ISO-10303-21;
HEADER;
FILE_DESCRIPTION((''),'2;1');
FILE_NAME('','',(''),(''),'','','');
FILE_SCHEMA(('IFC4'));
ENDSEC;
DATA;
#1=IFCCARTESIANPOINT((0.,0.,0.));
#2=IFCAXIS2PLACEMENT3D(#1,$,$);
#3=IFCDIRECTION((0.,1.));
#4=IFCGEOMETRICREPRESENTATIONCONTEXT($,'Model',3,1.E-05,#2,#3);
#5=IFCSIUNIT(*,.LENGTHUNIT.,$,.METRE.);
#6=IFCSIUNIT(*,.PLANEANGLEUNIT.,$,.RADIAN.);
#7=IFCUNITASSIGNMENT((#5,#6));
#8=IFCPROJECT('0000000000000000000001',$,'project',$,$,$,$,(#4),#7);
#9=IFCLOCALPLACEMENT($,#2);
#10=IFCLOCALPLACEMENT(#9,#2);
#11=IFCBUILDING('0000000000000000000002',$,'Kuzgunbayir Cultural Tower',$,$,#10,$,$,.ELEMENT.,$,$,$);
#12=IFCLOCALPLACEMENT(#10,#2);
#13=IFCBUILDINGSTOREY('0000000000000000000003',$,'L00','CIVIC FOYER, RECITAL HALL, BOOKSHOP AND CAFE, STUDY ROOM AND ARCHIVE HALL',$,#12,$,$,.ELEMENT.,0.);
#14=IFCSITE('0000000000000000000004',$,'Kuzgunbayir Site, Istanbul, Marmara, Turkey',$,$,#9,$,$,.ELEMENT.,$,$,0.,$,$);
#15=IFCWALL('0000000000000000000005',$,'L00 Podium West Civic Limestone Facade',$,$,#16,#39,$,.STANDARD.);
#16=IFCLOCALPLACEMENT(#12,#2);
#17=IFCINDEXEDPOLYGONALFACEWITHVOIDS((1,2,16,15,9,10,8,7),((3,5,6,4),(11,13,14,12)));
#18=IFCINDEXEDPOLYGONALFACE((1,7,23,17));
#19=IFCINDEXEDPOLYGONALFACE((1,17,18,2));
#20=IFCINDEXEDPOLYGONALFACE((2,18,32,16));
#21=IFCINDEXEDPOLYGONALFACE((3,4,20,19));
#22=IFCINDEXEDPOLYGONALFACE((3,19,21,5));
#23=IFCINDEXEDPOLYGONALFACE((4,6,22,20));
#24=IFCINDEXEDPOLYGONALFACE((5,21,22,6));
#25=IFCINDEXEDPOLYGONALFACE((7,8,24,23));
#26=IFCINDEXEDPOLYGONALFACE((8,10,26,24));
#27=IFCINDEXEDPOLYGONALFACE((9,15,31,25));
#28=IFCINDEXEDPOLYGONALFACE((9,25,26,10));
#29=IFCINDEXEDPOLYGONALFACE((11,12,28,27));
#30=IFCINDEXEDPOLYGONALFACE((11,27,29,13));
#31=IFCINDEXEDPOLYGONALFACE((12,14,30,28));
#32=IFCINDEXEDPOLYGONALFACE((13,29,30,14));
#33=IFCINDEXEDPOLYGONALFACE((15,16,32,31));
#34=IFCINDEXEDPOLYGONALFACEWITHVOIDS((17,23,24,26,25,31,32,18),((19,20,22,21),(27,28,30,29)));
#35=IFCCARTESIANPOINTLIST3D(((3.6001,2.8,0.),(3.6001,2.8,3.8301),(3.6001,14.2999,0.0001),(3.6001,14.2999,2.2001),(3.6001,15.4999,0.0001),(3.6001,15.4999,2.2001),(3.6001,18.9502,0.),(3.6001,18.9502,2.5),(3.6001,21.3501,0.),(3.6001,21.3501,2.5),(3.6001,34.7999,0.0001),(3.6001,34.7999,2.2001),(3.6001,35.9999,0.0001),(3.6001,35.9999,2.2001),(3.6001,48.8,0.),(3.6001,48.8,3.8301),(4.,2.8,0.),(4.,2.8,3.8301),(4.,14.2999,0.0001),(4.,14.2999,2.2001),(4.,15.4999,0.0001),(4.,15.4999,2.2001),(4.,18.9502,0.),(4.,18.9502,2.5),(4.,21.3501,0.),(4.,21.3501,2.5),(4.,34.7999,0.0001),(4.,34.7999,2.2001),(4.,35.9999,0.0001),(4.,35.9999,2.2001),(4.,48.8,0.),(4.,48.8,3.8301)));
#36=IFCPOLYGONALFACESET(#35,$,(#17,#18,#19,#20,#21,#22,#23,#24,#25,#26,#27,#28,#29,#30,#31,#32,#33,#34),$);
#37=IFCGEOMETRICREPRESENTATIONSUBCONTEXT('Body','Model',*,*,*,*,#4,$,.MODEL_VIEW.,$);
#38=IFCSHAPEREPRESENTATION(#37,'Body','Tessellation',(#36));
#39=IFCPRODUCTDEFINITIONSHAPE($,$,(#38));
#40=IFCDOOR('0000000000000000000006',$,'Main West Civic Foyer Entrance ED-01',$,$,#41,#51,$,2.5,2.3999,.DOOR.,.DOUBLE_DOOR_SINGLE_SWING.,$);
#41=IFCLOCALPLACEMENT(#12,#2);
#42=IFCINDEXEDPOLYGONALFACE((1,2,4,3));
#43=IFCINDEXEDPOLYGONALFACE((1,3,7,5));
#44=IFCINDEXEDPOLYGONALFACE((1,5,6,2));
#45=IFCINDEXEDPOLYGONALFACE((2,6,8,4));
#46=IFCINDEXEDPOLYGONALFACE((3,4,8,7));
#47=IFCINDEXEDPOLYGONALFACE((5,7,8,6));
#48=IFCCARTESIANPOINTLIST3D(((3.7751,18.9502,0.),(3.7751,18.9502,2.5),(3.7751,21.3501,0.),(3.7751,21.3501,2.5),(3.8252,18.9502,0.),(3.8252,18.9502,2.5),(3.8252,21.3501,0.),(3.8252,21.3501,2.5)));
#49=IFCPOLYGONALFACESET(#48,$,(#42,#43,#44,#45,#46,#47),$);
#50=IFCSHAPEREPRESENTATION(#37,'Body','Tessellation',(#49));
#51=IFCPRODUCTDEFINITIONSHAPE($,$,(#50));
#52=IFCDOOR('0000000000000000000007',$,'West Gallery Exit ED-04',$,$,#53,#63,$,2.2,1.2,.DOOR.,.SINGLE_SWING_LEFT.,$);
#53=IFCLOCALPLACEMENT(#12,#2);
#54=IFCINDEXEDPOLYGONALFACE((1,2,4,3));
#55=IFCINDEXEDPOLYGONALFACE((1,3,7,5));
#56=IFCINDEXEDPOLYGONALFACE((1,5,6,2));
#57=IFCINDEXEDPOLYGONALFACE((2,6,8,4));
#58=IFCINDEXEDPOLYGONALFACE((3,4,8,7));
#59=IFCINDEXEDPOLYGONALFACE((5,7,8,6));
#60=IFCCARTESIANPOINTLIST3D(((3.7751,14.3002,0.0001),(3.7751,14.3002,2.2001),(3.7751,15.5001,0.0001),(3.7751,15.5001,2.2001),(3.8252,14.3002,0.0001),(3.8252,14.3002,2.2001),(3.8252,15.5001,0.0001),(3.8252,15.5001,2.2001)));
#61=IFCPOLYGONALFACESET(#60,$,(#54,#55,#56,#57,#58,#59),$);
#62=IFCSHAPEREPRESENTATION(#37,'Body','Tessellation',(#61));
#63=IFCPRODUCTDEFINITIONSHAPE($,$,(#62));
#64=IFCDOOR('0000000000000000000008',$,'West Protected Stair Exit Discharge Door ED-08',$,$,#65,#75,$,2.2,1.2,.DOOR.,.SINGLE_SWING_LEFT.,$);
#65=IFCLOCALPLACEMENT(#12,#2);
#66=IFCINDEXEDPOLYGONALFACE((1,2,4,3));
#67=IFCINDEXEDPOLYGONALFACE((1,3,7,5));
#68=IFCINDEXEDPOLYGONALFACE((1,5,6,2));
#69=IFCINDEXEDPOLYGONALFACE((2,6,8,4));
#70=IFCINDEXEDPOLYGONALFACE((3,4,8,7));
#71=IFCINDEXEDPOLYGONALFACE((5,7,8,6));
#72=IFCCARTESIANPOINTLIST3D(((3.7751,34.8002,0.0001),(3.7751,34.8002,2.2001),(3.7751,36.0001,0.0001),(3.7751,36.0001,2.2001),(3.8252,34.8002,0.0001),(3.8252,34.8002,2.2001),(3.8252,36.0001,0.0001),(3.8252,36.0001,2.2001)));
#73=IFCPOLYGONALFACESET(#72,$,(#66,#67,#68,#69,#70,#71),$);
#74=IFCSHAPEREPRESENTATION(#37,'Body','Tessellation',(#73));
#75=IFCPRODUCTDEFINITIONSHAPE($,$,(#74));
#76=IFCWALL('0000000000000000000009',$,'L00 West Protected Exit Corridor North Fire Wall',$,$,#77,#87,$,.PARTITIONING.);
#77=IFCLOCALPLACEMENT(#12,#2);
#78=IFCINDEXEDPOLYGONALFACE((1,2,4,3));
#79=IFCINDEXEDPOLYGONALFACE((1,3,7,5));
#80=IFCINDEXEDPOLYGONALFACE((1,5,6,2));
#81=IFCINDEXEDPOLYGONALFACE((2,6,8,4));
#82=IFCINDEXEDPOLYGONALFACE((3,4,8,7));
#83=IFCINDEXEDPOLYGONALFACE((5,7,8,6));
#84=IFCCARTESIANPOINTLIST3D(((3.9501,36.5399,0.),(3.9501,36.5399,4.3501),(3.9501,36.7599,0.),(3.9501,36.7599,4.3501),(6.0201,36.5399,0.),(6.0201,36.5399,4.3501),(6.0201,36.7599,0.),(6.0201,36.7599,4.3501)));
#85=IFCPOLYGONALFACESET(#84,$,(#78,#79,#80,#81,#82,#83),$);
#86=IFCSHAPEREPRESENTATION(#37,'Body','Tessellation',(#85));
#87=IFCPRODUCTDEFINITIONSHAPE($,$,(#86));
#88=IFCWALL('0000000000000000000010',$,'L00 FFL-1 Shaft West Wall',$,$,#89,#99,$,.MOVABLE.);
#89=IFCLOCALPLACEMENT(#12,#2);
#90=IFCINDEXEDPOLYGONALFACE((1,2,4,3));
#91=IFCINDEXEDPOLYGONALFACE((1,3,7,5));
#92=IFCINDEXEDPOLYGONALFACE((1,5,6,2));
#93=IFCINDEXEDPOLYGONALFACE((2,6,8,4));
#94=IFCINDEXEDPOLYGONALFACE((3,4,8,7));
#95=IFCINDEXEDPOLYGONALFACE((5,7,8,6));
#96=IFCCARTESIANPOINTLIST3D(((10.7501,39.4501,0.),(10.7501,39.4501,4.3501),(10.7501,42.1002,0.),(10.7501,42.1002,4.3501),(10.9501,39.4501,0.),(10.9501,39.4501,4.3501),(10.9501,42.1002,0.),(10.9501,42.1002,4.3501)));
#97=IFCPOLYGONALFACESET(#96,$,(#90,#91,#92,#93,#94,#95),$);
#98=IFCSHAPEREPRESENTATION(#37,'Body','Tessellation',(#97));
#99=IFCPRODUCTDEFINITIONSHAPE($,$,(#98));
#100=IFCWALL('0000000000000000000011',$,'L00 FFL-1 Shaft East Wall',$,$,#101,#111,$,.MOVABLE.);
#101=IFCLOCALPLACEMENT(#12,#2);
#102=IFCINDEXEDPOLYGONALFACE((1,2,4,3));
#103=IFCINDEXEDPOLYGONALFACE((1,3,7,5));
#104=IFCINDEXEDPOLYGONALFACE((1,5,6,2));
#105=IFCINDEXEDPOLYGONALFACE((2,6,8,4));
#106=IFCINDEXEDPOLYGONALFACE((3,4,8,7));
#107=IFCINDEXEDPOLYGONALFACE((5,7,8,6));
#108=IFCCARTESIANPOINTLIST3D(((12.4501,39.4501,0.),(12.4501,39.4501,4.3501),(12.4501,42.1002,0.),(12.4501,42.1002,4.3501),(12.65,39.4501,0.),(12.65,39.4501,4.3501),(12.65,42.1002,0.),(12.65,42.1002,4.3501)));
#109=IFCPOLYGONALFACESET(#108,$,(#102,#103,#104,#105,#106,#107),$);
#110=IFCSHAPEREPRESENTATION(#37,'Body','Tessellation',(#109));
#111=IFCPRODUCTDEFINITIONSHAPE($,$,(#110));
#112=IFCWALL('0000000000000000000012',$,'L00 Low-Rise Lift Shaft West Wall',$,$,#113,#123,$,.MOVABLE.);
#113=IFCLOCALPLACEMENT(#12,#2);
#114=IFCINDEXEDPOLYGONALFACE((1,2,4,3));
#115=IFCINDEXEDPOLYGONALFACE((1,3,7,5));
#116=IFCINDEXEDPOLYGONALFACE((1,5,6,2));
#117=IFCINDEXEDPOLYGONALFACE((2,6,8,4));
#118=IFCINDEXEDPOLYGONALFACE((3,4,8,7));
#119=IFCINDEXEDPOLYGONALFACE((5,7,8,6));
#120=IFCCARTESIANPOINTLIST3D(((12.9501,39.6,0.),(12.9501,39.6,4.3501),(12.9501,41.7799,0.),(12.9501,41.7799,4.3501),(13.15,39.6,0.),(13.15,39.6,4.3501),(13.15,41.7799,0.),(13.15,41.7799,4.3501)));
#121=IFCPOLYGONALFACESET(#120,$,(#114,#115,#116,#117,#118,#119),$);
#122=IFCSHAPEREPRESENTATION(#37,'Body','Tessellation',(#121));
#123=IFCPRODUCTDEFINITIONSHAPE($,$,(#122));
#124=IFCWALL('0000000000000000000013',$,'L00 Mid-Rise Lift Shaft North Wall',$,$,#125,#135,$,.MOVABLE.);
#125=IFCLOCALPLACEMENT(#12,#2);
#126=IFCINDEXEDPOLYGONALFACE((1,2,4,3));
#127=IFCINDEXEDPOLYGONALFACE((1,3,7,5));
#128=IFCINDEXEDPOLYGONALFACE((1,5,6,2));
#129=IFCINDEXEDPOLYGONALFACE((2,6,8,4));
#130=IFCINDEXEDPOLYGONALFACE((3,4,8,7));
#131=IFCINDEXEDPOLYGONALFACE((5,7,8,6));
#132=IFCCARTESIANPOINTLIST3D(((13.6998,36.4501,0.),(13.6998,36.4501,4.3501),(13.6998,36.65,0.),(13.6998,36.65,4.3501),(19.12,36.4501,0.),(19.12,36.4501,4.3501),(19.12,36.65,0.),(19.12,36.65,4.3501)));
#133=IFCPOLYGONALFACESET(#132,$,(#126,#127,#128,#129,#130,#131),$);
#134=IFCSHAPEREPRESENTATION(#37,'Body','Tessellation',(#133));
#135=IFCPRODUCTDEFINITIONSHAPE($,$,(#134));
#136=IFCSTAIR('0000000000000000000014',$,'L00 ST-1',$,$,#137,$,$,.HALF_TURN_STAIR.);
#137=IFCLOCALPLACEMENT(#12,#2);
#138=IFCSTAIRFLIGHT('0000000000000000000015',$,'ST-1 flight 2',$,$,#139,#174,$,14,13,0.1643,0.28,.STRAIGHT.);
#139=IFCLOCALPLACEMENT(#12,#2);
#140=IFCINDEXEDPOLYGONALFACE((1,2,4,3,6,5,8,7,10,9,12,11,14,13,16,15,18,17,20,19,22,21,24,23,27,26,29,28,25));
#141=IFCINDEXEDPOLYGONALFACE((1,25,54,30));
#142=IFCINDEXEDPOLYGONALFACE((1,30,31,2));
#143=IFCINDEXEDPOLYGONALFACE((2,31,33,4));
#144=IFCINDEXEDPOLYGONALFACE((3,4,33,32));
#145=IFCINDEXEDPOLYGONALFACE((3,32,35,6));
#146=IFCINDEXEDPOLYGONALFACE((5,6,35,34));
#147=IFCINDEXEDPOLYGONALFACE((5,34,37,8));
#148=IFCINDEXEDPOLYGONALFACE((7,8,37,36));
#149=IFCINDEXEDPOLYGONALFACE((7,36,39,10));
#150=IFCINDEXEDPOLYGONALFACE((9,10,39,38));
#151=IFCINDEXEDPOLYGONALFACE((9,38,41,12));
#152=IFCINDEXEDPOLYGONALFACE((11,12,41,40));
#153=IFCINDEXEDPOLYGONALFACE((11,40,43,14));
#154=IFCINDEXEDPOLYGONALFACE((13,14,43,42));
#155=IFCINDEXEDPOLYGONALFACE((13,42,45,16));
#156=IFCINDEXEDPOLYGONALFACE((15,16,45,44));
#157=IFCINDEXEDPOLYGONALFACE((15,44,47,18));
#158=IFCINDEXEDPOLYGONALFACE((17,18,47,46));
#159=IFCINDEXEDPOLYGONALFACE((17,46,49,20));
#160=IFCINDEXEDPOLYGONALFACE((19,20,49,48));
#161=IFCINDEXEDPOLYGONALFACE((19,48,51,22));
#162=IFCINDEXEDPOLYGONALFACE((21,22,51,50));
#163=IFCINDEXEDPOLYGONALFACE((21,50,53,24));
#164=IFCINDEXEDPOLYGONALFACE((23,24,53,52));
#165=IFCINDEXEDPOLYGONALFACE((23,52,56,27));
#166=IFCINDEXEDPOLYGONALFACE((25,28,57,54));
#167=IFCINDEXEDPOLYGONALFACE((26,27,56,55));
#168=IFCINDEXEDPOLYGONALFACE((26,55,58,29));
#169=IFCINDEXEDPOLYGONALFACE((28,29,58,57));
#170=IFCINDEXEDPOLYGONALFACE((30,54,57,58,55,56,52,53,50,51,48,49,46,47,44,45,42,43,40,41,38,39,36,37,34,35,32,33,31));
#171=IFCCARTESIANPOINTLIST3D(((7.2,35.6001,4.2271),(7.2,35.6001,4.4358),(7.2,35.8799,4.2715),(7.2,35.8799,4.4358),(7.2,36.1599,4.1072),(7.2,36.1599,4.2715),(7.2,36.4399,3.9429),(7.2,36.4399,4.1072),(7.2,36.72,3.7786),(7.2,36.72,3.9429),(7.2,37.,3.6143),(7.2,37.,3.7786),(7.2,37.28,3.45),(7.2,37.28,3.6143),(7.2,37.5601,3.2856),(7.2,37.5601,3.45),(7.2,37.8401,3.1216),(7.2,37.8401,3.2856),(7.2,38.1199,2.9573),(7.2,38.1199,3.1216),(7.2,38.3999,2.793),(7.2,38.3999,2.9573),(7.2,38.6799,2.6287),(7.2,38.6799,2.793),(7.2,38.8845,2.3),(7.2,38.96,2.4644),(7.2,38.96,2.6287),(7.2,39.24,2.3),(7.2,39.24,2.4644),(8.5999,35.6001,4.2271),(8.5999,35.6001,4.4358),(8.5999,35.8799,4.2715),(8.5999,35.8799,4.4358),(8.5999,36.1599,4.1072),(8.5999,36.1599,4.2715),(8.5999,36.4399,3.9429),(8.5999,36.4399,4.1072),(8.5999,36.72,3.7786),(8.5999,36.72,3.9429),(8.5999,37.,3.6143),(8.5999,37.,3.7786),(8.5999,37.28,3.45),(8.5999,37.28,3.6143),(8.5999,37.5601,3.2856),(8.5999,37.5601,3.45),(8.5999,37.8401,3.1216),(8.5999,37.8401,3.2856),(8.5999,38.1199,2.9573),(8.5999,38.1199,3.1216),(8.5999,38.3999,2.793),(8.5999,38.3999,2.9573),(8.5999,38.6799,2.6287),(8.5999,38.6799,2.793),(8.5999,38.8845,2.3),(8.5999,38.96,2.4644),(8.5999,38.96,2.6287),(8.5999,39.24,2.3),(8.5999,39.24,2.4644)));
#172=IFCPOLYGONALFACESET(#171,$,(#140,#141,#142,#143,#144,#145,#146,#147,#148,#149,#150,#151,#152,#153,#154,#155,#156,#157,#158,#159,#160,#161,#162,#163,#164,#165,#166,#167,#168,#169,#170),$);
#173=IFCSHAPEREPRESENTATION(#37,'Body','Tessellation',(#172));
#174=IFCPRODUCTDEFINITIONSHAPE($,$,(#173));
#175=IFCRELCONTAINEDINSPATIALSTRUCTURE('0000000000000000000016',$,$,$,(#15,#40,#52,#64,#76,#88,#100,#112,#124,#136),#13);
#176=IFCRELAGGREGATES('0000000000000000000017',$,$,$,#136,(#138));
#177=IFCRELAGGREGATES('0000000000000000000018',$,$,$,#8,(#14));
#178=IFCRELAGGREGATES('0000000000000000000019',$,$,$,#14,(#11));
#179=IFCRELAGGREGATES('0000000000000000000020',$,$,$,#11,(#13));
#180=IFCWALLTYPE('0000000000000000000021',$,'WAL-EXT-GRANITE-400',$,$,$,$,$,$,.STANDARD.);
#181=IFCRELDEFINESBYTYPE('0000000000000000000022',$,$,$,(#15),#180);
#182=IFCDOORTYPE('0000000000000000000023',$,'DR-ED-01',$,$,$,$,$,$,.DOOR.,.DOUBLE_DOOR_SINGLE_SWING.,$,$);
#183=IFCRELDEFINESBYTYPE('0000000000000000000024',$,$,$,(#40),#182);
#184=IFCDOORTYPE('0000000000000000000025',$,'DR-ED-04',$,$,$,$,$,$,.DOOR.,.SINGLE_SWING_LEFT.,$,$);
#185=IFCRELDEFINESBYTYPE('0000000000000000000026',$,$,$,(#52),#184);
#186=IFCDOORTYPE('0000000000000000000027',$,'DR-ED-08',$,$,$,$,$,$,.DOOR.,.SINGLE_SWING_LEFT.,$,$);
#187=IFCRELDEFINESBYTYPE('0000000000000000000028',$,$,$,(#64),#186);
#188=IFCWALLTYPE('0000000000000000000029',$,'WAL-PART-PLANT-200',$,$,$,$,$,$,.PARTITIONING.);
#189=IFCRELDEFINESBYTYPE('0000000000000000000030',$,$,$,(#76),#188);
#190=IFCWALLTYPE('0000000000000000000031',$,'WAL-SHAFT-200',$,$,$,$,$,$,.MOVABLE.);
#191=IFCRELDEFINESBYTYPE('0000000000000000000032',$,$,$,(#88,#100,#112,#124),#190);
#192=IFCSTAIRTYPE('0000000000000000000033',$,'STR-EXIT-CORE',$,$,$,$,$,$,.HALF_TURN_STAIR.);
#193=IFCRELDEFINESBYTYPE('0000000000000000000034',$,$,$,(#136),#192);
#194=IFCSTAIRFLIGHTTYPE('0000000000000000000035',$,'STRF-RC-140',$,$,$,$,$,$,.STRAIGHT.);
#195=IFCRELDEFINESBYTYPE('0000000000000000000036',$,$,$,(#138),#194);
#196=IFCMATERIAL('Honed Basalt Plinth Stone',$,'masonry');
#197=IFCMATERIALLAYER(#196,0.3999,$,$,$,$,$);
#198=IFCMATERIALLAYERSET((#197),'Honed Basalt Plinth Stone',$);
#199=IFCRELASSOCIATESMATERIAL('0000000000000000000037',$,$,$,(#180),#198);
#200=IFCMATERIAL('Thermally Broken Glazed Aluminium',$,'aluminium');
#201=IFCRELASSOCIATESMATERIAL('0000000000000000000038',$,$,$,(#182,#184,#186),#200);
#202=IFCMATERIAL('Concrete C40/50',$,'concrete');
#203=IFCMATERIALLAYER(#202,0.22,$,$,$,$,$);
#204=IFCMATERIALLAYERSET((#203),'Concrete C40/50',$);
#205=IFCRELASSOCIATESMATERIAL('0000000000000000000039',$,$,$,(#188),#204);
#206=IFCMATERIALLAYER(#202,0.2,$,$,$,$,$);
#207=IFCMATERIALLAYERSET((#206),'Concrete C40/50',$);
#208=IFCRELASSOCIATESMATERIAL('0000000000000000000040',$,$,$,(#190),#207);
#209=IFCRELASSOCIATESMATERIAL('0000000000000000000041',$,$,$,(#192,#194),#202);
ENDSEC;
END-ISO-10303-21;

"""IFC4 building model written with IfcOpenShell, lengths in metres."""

from ifc_helpers import new_model, si_unit, direction, frame, frame_2d, origin, place, context, subcontext, project, spatial, polyline, rectangle, outline, extrude, material, layer, layer_set, type_object, element, fill, aggregate, save


model = new_model("IFC4")

# Units and contexts
model_context = context("Model", 3, precision=1e-05, world=origin(), true_north=direction((0.0, 1.0)))
body_context = subcontext(model_context, "Body", "Model", "MODEL_VIEW")
ifc_project = project(units=[si_unit("LENGTHUNIT", "METRE"), si_unit("PLANEANGLEUNIT", "RADIAN")], contexts=[model_context])

# Site, building, storey
site_placement = place(None, origin())
site = spatial("IfcSite", under=ifc_project, at=site_placement, Name="Kuzgunbayir Site, Istanbul, Marmara, Turkey", CompositionType="ELEMENT", RefElevation=0.0)
building_placement = place(site_placement, origin())
building = spatial("IfcBuilding", under=site, at=building_placement, Name="Kuzgunbayir Cultural Tower", CompositionType="ELEMENT")
storey_placement = place(building_placement, origin())
storey = spatial("IfcBuildingStorey", under=building, at=storey_placement, Name="L00", Description="CIVIC FOYER, RECITAL HALL, BOOKSHOP AND CAFE, STUDY ROOM AND ARCHIVE HALL", CompositionType="ELEMENT", Elevation=0.0)

# Wall, openings, doors
ifc_material_1 = material(Name="Honed Basalt Plinth Stone", Category="masonry")
ifc_layer_1 = layer(ifc_material_1, 0.3999)
ifc_layer_set_1 = layer_set([ifc_layer_1], Name="Honed Basalt Plinth Stone")
wall_type_1 = type_object("IfcWallType", Name="WAL-EXT-GRANITE-400", PredefinedType="STANDARD", material=ifc_layer_set_1)
wall_1_placement = place(storey_placement, frame((3.8, 48.8, 0.0), z_axis=(0.0, 0.0, 1.0), x_axis=(0.0, -1.0, 0.0)))
wall_1 = element("IfcWall", 1, at=wall_1_placement, inside=storey, type_object=wall_type_1, Name="L00 Podium West Civic Limestone Facade", PredefinedType="STANDARD", context=body_context, shape_type="SweptSolid", body=[
    extrude(rectangle(XDim=46.0, YDim=0.3999, at=frame_2d((23.0, 0.0))), origin(), (0.0, 0.0, 1.0), 3.8301),
])
opening_1_placement = place(wall_1_placement, frame((27.45, 0.0, 0.0)))
opening_1 = element("IfcOpeningElement", 2, at=opening_1_placement, cuts=wall_1, PredefinedType="OPENING", context=body_context, shape_type="SweptSolid", body=[
    extrude(rectangle(XDim=2.3999, YDim=2.5, at=frame_2d((1.2, 1.25))), frame((0.0, 0.21, 0.0), z_axis=(0.0, -1.0, 0.0), x_axis=(1.0, 0.0, 0.0)), (0.0, 0.0, 1.0), 0.4199),
])
opening_2_placement = place(wall_1_placement, frame((33.3, 0.0, 0.0)))
opening_2 = element("IfcOpeningElement", 3, at=opening_2_placement, cuts=wall_1, PredefinedType="OPENING", context=body_context, shape_type="SweptSolid", body=[
    extrude(rectangle(XDim=1.2, YDim=2.2, at=frame_2d((0.6001, 1.1001))), frame((0.0, 0.21, 0.0), z_axis=(0.0, -1.0, 0.0), x_axis=(1.0, 0.0, 0.0)), (0.0, 0.0, 1.0), 0.4199),
])
opening_3_placement = place(wall_1_placement, frame((12.8, 0.0, 0.0)))
opening_3 = element("IfcOpeningElement", 4, at=opening_3_placement, cuts=wall_1, PredefinedType="OPENING", context=body_context, shape_type="SweptSolid", body=[
    extrude(rectangle(XDim=1.2, YDim=2.2, at=frame_2d((0.6001, 1.1001))), frame((0.0, 0.21, 0.0), z_axis=(0.0, -1.0, 0.0), x_axis=(1.0, 0.0, 0.0)), (0.0, 0.0, 1.0), 0.4199),
])
ifc_material_2 = material(Name="Thermally Broken Glazed Aluminium", Category="aluminium")
door_type_1 = type_object("IfcDoorType", Name="DR-ED-01", OperationType="DOUBLE_DOOR_SINGLE_SWING", PredefinedType="DOOR", material=ifc_material_2)
door_1_placement = place(opening_1_placement, frame((2.3999, 0.0, 0.0), z_axis=(0.0, 0.0, 1.0), x_axis=(-1.0, 0.0, 0.0)))
door_1 = element("IfcDoor", 5, at=door_1_placement, inside=storey, type_object=door_type_1, Name="Main West Civic Foyer Entrance ED-01", OperationType="DOUBLE_DOOR_SINGLE_SWING", OverallHeight=2.5, OverallWidth=2.3999, PredefinedType="DOOR", context=body_context, shape_type="SweptSolid", body=[
    extrude(rectangle(XDim=2.3999, YDim=2.5, at=frame_2d((1.2, 1.25))), frame((0.0, 0.0249, 0.0), z_axis=(0.0, -1.0, 0.0), x_axis=(1.0, 0.0, 0.0)), (0.0, 0.0, 1.0), 0.05),
])
fill(opening_1, door_1)
door_type_2 = type_object("IfcDoorType", Name="DR-ED-04", OperationType="SINGLE_SWING_LEFT", PredefinedType="DOOR", material=ifc_material_2)
door_2_placement = place(opening_2_placement, frame((1.2, 0.0, 0.0), z_axis=(0.0, 0.0, 1.0), x_axis=(-1.0, 0.0, 0.0)))
door_2 = element("IfcDoor", 6, at=door_2_placement, inside=storey, type_object=door_type_2, Name="West Gallery Exit ED-04", OperationType="SINGLE_SWING_LEFT", OverallHeight=2.2, OverallWidth=1.2, PredefinedType="DOOR", context=body_context, shape_type="SweptSolid", body=[
    extrude(rectangle(XDim=1.2, YDim=2.2, at=frame_2d((0.6001, 1.1001))), frame((0.0, 0.0249, 0.0), z_axis=(0.0, -1.0, 0.0), x_axis=(1.0, 0.0, 0.0)), (0.0, 0.0, 1.0), 0.05),
])
fill(opening_2, door_2)
door_type_3 = type_object("IfcDoorType", Name="DR-ED-08", OperationType="SINGLE_SWING_LEFT", PredefinedType="DOOR", material=ifc_material_2)
door_3_placement = place(opening_3_placement, frame((1.2, 0.0, 0.0), z_axis=(0.0, 0.0, 1.0), x_axis=(-1.0, 0.0, 0.0)))
door_3 = element("IfcDoor", 7, at=door_3_placement, inside=storey, type_object=door_type_3, Name="West Protected Stair Exit Discharge Door ED-08", OperationType="SINGLE_SWING_LEFT", OverallHeight=2.2, OverallWidth=1.2, PredefinedType="DOOR", context=body_context, shape_type="SweptSolid", body=[
    extrude(rectangle(XDim=1.2, YDim=2.2, at=frame_2d((0.6001, 1.1001))), frame((0.0, 0.0249, 0.0), z_axis=(0.0, -1.0, 0.0), x_axis=(1.0, 0.0, 0.0)), (0.0, 0.0, 1.0), 0.05),
])
fill(opening_3, door_3)

# Wall
ifc_material_3 = material(Name="Concrete C40/50", Category="concrete")
ifc_layer_2 = layer(ifc_material_3, 0.22)
ifc_layer_set_2 = layer_set([ifc_layer_2], Name="Concrete C40/50")
wall_type_2 = type_object("IfcWallType", Name="WAL-PART-PLANT-200", PredefinedType="PARTITIONING", material=ifc_layer_set_2)
wall_2_placement = place(storey_placement, frame((3.95, 36.6499, 0.0), z_axis=(0.0, 0.0, 1.0), x_axis=(1.0, 0.0, 0.0)))
element("IfcWall", 8, at=wall_2_placement, inside=storey, type_object=wall_type_2, Name="L00 West Protected Exit Corridor North Fire Wall", PredefinedType="PARTITIONING", context=body_context, shape_type="SweptSolid", body=[
    extrude(rectangle(XDim=2.0701, YDim=0.22, at=frame_2d((1.0352, 0.0))), origin(), (0.0, 0.0, 1.0), 4.3501),
])

# Shared definitions
ifc_layer_3 = layer(ifc_material_3, 0.2)
ifc_layer_set_3 = layer_set([ifc_layer_3], Name="Concrete C40/50")
wall_type_3 = type_object("IfcWallType", Name="WAL-SHAFT-200", PredefinedType="MOVABLE", material=ifc_layer_set_3)

# Walls
for number, where, z_axis, x_axis, name in (
    (9, (10.8501, 39.45, 0.0), (0.0, 0.0, 1.0), (0.0, 1.0, 0.0), "L00 FFL-1 Shaft West Wall"),
    (10, (12.55, 39.45, 0.0), (0.0, 0.0, 1.0), (0.0, 1.0, 0.0), "L00 FFL-1 Shaft East Wall"),
):
    element("IfcWall", number, at=place(storey_placement, frame(where, z_axis=z_axis, x_axis=x_axis)), inside=storey, type_object=wall_type_3, Name=name, PredefinedType="MOVABLE", context=body_context, shape_type="SweptSolid", body=[
        extrude(rectangle(XDim=2.6501, YDim=0.2, at=frame_2d((1.3252, 0.0))), origin(), (0.0, 0.0, 1.0), 4.3501),
    ])

# Walls
wall_3_placement = place(storey_placement, frame((13.05, 39.6001, 0.0), z_axis=(0.0, 0.0, 1.0), x_axis=(0.0, 1.0, 0.0)))
element("IfcWall", 11, at=wall_3_placement, inside=storey, type_object=wall_type_3, Name="L00 Low-Rise Lift Shaft West Wall", PredefinedType="MOVABLE", context=body_context, shape_type="SweptSolid", body=[
    extrude(rectangle(XDim=2.1799, YDim=0.2, at=frame_2d((1.0898, 0.0))), origin(), (0.0, 0.0, 1.0), 4.3501),
])
wall_4_placement = place(storey_placement, frame((13.7, 36.55, 0.0), z_axis=(0.0, 0.0, 1.0), x_axis=(1.0, 0.0, 0.0)))
element("IfcWall", 12, at=wall_4_placement, inside=storey, type_object=wall_type_3, Name="L00 Mid-Rise Lift Shaft North Wall", PredefinedType="MOVABLE", context=body_context, shape_type="SweptSolid", body=[
    extrude(rectangle(XDim=5.4202, YDim=0.2, at=frame_2d((2.71, 0.0))), origin(), (0.0, 0.0, 1.0), 4.3501),
])

# Stair, stair flight
stair_type = type_object("IfcStairType", Name="STR-EXIT-CORE", PredefinedType="HALF_TURN_STAIR", material=ifc_material_3)
stair_placement = place(storey_placement, origin())
stair = element("IfcStair", 13, at=stair_placement, inside=storey, type_object=stair_type, Name="L00 ST-1", PredefinedType="HALF_TURN_STAIR")
stair_flight_type = type_object("IfcStairFlightType", Name="STRF-RC-140", PredefinedType="STRAIGHT", material=ifc_material_3)
stair_flight_placement = place(storey_placement, frame((7.8999, 39.24, 2.3), z_axis=(0.0, 0.0, 1.0), x_axis=(0.0, -1.0, 0.0)))
stair_flight = element("IfcStairFlight", 14, at=stair_flight_placement, type_object=stair_flight_type, Name="ST-1 flight 2", NumberOfRisers=14, NumberOfTreads=13, PredefinedType="STRAIGHT", RiserHeight=0.1643, TreadLength=0.28, context=body_context, shape_type="SweptSolid", body=[
    extrude(outline(polyline([(0.0, 0.0), (0.0, 0.1643), (0.28, 0.1643), (0.28, 0.3286), (0.5601, 0.3286), (0.5601, 0.4929), (0.8401, 0.4929), (0.8401, 0.6572), (1.1201, 0.6572), (1.1201, 0.8215), (1.3999, 0.8215), (1.3999, 0.9856), (1.6799, 0.9856), (1.6799, 1.1499), (1.96, 1.1499), (1.96, 1.3142), (2.24, 1.3142), (2.24, 1.4785), (2.52, 1.4785), (2.52, 1.6428), (2.8, 1.6428), (2.8, 1.8071), (3.0801, 1.8071), (3.0801, 1.9714), (3.3601, 1.9714), (3.3601, 2.1357), (3.6399, 2.1357), (3.6399, 2.3), (3.6399, 1.927), (0.3555, 0.0), (0.0, 0.0)])), frame((0.0, 0.7, 0.0), z_axis=(0.0, -1.0, 0.0), x_axis=(1.0, 0.0, 0.0)), (0.0, 0.0, 1.0), 1.3999),
])
aggregate(stair, [stair_flight])

save(model, "model.ifc")
